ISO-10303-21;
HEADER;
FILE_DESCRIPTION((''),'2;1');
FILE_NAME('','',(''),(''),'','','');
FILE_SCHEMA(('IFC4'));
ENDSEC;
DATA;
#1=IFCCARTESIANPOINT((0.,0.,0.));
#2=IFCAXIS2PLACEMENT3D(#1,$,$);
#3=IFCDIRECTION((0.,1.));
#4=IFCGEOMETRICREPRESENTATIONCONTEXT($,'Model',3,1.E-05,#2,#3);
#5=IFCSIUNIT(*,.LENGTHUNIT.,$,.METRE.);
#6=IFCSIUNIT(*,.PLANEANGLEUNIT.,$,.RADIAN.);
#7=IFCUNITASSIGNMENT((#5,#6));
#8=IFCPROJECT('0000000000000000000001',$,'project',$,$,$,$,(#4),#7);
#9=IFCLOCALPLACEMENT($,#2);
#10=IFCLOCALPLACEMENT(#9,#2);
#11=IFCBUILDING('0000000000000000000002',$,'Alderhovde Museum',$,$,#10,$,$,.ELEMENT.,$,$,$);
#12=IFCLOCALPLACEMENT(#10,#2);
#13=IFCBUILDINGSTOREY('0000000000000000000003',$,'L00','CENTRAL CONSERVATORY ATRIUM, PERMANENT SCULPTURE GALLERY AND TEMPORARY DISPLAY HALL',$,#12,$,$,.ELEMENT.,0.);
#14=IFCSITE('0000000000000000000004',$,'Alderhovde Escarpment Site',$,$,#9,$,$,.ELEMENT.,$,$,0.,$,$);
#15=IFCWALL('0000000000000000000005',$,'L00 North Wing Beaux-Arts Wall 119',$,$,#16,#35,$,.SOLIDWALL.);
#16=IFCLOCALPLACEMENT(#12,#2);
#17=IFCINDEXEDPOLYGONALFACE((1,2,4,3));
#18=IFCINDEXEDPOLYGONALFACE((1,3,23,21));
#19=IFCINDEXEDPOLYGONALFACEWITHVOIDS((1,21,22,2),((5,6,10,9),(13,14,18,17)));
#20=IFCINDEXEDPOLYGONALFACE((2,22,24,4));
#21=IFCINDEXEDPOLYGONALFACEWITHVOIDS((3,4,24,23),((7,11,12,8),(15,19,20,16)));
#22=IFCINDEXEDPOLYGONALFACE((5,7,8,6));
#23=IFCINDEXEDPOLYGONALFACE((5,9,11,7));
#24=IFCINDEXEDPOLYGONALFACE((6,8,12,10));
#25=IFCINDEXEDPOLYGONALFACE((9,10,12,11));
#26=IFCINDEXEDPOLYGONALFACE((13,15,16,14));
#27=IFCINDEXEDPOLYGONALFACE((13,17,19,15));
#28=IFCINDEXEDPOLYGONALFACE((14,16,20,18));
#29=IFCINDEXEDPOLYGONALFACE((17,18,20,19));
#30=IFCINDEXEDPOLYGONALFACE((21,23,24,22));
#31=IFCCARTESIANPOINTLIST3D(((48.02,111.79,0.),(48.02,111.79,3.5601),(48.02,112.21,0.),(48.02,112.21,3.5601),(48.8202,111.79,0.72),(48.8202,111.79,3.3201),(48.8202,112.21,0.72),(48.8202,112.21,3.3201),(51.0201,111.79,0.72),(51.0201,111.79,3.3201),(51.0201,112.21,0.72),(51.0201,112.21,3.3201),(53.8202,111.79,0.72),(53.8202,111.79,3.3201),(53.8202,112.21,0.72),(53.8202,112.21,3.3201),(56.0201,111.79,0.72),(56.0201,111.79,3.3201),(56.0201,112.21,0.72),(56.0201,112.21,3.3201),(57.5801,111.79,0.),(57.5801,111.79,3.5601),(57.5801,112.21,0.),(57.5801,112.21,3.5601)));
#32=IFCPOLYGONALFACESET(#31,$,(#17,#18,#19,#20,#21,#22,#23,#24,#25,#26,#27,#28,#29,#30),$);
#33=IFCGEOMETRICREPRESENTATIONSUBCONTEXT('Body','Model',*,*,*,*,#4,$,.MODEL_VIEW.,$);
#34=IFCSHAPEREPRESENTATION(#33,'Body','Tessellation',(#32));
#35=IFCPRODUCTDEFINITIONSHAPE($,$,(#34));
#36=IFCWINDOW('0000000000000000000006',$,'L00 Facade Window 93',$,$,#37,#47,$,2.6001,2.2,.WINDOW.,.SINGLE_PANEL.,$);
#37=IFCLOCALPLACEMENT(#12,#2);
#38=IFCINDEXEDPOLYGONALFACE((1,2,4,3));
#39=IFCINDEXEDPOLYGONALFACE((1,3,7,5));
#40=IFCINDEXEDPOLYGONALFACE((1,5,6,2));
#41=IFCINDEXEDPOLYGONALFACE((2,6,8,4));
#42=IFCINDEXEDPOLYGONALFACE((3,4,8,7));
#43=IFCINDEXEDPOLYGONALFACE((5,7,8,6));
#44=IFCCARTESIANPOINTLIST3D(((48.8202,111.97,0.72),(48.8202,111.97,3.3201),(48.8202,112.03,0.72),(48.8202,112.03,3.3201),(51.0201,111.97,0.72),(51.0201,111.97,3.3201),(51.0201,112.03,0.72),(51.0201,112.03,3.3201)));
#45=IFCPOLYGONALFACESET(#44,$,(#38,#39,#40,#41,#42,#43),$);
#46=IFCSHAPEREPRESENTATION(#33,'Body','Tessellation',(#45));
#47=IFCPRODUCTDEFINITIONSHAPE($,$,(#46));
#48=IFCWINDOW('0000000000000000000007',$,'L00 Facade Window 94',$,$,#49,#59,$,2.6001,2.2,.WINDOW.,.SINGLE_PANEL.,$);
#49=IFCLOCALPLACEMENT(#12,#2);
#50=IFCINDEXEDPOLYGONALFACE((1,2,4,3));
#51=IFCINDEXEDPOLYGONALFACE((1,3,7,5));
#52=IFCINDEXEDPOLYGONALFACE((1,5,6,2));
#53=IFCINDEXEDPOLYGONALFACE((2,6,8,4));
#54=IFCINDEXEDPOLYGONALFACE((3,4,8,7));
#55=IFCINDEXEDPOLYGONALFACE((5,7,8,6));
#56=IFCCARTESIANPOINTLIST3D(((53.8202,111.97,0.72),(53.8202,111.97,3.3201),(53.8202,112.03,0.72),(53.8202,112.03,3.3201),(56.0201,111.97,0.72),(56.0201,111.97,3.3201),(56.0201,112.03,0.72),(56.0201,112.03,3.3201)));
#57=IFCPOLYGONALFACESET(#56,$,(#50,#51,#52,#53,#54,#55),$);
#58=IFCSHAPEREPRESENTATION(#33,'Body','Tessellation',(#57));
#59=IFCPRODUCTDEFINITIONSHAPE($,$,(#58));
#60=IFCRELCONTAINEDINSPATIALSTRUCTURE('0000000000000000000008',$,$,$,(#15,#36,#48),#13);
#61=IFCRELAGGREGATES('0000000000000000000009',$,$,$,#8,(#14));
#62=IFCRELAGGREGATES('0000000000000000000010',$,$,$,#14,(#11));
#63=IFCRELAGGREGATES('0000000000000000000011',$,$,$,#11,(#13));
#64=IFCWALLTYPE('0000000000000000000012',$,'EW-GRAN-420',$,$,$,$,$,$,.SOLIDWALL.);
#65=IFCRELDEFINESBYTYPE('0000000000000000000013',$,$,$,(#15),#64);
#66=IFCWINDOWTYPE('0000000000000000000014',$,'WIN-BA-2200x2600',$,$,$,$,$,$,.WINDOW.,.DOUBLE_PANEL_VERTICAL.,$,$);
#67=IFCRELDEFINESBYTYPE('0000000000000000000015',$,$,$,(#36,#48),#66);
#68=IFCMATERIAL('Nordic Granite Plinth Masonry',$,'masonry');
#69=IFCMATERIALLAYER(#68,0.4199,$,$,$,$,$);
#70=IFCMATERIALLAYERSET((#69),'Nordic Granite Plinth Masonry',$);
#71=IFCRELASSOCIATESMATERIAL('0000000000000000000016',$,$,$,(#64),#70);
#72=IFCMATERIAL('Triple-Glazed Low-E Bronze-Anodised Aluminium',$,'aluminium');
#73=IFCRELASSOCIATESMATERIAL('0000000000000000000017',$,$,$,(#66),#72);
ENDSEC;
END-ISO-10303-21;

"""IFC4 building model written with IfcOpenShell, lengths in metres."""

from ifc_helpers import new_model, si_unit, direction, frame, frame_2d, origin, place, context, subcontext, project, spatial, rectangle, extrude, material, layer, layer_set, type_object, element, fill, save


model = new_model("IFC4")

# Units and contexts
model_context = context("Model", 3, precision=1e-05, world=origin(), true_north=direction((0.0, 1.0)))
body_context = subcontext(model_context, "Body", "Model", "MODEL_VIEW")
ifc_project = project(units=[si_unit("LENGTHUNIT", "METRE"), si_unit("PLANEANGLEUNIT", "RADIAN")], contexts=[model_context])

# Site, building, storey
site_placement = place(None, origin())
site = spatial("IfcSite", under=ifc_project, at=site_placement, Name="Alderhovde Escarpment Site", CompositionType="ELEMENT", RefElevation=0.0)
building_placement = place(site_placement, origin())
building = spatial("IfcBuilding", under=site, at=building_placement, Name="Alderhovde Museum", CompositionType="ELEMENT")
storey_placement = place(building_placement, origin())
storey = spatial("IfcBuildingStorey", under=building, at=storey_placement, Name="L00", Description="CENTRAL CONSERVATORY ATRIUM, PERMANENT SCULPTURE GALLERY AND TEMPORARY DISPLAY HALL", CompositionType="ELEMENT", Elevation=0.0)

# Shared definitions
ifc_material_1 = material(Name="Nordic Granite Plinth Masonry", Category="masonry")
ifc_layer_1 = layer(ifc_material_1, 0.4199)
ifc_layer_set_1 = layer_set([ifc_layer_1], Name="Nordic Granite Plinth Masonry")
wall_type = type_object("IfcWallType", Name="EW-GRAN-420", PredefinedType="SOLIDWALL", material=ifc_layer_set_1)

# Wall, openings, windows
wall_1_placement = place(storey_placement, frame((48.02, 112.0, 0.0), z_axis=(0.0, 0.0, 1.0), x_axis=(1.0, 0.0, 0.0)))
wall_1 = element("IfcWall", 1, at=wall_1_placement, inside=storey, type_object=wall_type, Name="L00 North Wing Beaux-Arts Wall 119", PredefinedType="SOLIDWALL", context=body_context, shape_type="SweptSolid", body=[
    extrude(rectangle(XDim=9.5601, YDim=0.4199, at=frame_2d((4.78, 0.0))), origin(), (0.0, 0.0, 1.0), 3.5601),
])
opening_1_placement = place(wall_1_placement, frame((0.8, 0.0, 0.72)))
opening_1 = element("IfcOpeningElement", 2, at=opening_1_placement, cuts=wall_1, PredefinedType="OPENING", context=body_context, shape_type="SweptSolid", body=[
    extrude(rectangle(XDim=2.2, YDim=2.6001, at=frame_2d((1.1001, 1.3))), frame((0.0, 0.22, 0.0), z_axis=(0.0, -1.0, 0.0), x_axis=(1.0, 0.0, 0.0)), (0.0, 0.0, 1.0), 0.4399),
])
opening_2_placement = place(wall_1_placement, frame((5.8, 0.0, 0.72)))
opening_2 = element("IfcOpeningElement", 3, at=opening_2_placement, cuts=wall_1, PredefinedType="OPENING", context=body_context, shape_type="SweptSolid", body=[
    extrude(rectangle(XDim=2.2, YDim=2.6001, at=frame_2d((1.1001, 1.3))), frame((0.0, 0.22, 0.0), z_axis=(0.0, -1.0, 0.0), x_axis=(1.0, 0.0, 0.0)), (0.0, 0.0, 1.0), 0.4399),
])
ifc_material_2 = material(Name="Triple-Glazed Low-E Bronze-Anodised Aluminium", Category="aluminium")
window_type = type_object("IfcWindowType", Name="WIN-BA-2200x2600", PartitioningType="DOUBLE_PANEL_VERTICAL", PredefinedType="WINDOW", material=ifc_material_2)
window_1_placement = place(opening_1_placement, origin())
window_1 = element("IfcWindow", 4, at=window_1_placement, inside=storey, type_object=window_type, Name="L00 Facade Window 93", OverallHeight=2.6001, OverallWidth=2.2, PartitioningType="SINGLE_PANEL", PredefinedType="WINDOW", context=body_context, shape_type="SweptSolid", body=[
    extrude(rectangle(XDim=2.2, YDim=2.6001, at=frame_2d((1.1001, 1.3))), frame((0.0, 0.03, 0.0), z_axis=(0.0, -1.0, 0.0), x_axis=(1.0, 0.0, 0.0)), (0.0, 0.0, 1.0), 0.0601),
])
fill(opening_1, window_1)
window_2_placement = place(opening_2_placement, origin())
window_2 = element("IfcWindow", 5, at=window_2_placement, inside=storey, type_object=window_type, Name="L00 Facade Window 94", OverallHeight=2.6001, OverallWidth=2.2, PartitioningType="SINGLE_PANEL", PredefinedType="WINDOW", context=body_context, shape_type="SweptSolid", body=[
    extrude(rectangle(XDim=2.2, YDim=2.6001, at=frame_2d((1.1001, 1.3))), frame((0.0, 0.03, 0.0), z_axis=(0.0, -1.0, 0.0), x_axis=(1.0, 0.0, 0.0)), (0.0, 0.0, 1.0), 0.0601),
])
fill(opening_2, window_2)

save(model, "model.ifc")
